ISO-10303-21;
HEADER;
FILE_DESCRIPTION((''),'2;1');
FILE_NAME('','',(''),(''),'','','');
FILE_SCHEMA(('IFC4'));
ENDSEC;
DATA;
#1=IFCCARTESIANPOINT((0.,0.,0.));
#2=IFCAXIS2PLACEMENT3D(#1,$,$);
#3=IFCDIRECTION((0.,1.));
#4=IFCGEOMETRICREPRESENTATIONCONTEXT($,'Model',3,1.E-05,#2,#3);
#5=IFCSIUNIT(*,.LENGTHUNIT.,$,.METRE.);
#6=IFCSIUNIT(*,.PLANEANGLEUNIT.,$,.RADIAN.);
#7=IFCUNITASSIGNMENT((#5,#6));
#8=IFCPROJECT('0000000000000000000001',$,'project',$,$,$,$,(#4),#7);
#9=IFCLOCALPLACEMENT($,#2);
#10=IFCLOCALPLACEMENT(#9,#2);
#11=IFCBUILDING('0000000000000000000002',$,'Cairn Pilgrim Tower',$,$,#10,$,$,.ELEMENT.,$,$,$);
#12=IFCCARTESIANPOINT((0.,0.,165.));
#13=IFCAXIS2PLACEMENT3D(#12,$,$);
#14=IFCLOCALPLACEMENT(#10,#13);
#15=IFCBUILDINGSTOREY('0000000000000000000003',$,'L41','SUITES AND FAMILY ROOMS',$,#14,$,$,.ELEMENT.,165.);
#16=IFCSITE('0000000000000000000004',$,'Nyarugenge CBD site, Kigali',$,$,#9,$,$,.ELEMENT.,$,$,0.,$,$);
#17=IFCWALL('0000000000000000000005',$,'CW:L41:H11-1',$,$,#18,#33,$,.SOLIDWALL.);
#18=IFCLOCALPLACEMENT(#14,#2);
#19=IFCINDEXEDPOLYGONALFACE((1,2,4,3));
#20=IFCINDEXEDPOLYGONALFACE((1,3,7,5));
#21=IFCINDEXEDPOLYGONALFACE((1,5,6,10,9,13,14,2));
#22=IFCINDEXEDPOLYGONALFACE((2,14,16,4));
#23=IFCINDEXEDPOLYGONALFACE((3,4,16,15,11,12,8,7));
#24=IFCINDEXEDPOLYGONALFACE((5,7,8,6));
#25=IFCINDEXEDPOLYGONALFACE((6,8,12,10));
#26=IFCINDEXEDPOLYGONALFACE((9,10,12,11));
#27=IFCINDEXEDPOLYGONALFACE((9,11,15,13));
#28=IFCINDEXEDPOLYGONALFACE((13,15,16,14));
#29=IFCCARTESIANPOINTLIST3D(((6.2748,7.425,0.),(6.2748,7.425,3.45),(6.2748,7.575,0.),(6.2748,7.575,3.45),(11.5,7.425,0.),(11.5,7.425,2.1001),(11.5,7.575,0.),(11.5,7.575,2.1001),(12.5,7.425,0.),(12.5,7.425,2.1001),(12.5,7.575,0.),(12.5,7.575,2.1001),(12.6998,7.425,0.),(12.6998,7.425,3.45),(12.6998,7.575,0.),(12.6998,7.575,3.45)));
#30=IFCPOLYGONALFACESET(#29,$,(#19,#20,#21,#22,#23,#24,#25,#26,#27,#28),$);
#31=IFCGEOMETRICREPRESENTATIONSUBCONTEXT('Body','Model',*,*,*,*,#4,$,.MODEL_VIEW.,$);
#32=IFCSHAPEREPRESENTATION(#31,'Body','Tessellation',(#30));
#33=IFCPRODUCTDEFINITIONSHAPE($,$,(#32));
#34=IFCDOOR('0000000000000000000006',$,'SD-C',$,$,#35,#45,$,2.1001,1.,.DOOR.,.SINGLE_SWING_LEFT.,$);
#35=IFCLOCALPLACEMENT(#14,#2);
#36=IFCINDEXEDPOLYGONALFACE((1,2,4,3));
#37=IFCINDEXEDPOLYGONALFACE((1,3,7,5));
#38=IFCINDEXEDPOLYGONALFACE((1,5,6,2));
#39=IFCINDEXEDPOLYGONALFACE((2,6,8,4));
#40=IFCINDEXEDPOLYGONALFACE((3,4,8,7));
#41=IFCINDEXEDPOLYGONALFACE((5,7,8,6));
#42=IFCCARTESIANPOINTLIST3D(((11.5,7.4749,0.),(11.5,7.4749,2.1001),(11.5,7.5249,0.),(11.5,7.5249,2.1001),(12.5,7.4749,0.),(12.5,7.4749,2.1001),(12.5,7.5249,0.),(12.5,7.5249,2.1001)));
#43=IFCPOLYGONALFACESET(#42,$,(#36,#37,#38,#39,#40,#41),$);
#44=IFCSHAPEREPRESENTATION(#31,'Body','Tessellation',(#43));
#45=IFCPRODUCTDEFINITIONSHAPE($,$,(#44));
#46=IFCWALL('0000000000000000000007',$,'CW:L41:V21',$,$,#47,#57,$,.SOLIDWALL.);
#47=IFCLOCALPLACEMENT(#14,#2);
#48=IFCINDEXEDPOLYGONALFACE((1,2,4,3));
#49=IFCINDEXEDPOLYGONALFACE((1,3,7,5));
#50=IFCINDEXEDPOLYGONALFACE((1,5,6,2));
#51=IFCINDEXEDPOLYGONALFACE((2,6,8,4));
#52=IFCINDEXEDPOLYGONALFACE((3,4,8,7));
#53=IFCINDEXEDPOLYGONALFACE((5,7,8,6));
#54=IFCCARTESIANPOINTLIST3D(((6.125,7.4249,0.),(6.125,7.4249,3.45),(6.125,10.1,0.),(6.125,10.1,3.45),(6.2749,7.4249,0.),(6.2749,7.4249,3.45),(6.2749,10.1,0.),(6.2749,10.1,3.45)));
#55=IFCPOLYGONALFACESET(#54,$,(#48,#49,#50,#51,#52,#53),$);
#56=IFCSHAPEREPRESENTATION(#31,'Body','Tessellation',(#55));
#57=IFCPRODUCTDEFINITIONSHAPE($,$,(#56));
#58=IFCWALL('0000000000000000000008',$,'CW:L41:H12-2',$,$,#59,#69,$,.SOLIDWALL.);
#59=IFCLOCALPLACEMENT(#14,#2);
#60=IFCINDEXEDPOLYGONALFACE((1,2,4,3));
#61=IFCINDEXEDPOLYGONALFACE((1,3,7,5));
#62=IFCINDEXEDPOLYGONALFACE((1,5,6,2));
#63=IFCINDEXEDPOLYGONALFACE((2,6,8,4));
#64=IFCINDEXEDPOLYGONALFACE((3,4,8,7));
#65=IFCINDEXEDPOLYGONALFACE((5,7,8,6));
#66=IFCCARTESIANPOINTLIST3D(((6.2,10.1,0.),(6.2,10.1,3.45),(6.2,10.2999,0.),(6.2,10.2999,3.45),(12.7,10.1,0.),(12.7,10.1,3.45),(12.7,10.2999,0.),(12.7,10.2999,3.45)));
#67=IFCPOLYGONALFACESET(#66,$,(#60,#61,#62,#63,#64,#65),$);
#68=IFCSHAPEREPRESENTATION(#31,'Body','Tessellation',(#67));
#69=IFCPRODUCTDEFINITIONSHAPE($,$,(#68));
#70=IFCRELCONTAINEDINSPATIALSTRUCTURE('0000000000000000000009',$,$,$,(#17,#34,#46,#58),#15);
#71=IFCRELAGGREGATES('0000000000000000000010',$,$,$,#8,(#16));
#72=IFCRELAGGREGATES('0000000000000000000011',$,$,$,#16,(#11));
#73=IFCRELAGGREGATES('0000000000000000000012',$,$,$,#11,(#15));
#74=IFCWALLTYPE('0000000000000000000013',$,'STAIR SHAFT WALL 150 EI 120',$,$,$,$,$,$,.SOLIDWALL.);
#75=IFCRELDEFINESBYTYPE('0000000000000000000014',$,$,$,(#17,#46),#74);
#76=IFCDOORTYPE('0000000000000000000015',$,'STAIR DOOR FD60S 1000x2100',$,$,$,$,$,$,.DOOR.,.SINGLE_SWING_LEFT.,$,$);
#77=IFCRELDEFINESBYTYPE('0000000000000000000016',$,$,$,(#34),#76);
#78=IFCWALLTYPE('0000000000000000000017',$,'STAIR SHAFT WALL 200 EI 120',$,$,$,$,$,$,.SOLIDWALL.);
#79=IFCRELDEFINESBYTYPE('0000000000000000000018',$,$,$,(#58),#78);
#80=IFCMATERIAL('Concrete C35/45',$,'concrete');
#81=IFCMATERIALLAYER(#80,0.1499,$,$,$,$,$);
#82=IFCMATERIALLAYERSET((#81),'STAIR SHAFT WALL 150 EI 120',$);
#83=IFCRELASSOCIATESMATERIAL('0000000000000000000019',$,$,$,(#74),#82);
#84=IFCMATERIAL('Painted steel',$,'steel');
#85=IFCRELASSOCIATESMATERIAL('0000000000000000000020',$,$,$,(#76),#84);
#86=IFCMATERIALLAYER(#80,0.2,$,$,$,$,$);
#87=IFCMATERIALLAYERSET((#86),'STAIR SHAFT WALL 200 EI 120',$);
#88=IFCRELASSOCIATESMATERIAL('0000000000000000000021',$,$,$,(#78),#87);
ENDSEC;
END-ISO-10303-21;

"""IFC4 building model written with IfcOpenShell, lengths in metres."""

from ifc_helpers import new_model, si_unit, direction, frame, frame_2d, origin, place, context, subcontext, project, spatial, rectangle, extrude, material, layer, layer_set, type_object, element, fill, save


model = new_model("IFC4")

# Units and contexts
model_context = context("Model", 3, precision=1e-05, world=origin(), true_north=direction((0.0, 1.0)))
body_context = subcontext(model_context, "Body", "Model", "MODEL_VIEW")
ifc_project = project(units=[si_unit("LENGTHUNIT", "METRE"), si_unit("PLANEANGLEUNIT", "RADIAN")], contexts=[model_context])

# Site, building, storey
site_placement = place(None, origin())
site = spatial("IfcSite", under=ifc_project, at=site_placement, Name="Nyarugenge CBD site, Kigali", CompositionType="ELEMENT", RefElevation=0.0)
building_placement = place(site_placement, origin())
building = spatial("IfcBuilding", under=site, at=building_placement, Name="Cairn Pilgrim Tower", CompositionType="ELEMENT")
storey_placement = place(building_placement, frame((0.0, 0.0, 165.0)))
storey = spatial("IfcBuildingStorey", under=building, at=storey_placement, Name="L41", Description="SUITES AND FAMILY ROOMS", CompositionType="ELEMENT", Elevation=165.0)

# Wall, opening, door
ifc_material_1 = material(Name="Concrete C35/45", Category="concrete")
ifc_layer_1 = layer(ifc_material_1, 0.1499)
ifc_layer_set_1 = layer_set([ifc_layer_1], Name="STAIR SHAFT WALL 150 EI 120")
wall_type_1 = type_object("IfcWallType", Name="STAIR SHAFT WALL 150 EI 120", PredefinedType="SOLIDWALL", material=ifc_layer_set_1)
ifc_material_2 = material(Name="Painted steel", Category="steel")
door_type_1 = type_object("IfcDoorType", Name="STAIR DOOR FD60S 1000x2100", OperationType="SINGLE_SWING_LEFT", PredefinedType="DOOR", material=ifc_material_2)
wall_1_placement = place(storey_placement, frame((6.2749, 7.5, 0.0), z_axis=(0.0, 0.0, 1.0), x_axis=(1.0, 0.0, 0.0)))
wall_1 = element("IfcWall", 1, at=wall_1_placement, inside=storey, type_object=wall_type_1, Name="CW:L41:H11-1", PredefinedType="SOLIDWALL", context=body_context, shape_type="SweptSolid", body=[
    extrude(rectangle(XDim=6.425, YDim=0.1499, at=frame_2d((3.2124, 0.0))), origin(), (0.0, 0.0, 1.0), 3.45),
])
opening_1_placement = place(wall_1_placement, frame((5.2251, 0.0, 0.0)))
opening_1 = element("IfcOpeningElement", 2, at=opening_1_placement, cuts=wall_1, PredefinedType="OPENING", context=body_context, shape_type="SweptSolid", body=[
    extrude(rectangle(XDim=1.0, YDim=2.1001, at=frame_2d((0.5, 1.05))), frame((0.0, 0.085, 0.0), z_axis=(0.0, -1.0, 0.0), x_axis=(1.0, 0.0, 0.0)), (0.0, 0.0, 1.0), 0.1699),
])
door_1_placement = place(opening_1_placement, origin())
door_1 = element("IfcDoor", 3, at=door_1_placement, inside=storey, type_object=door_type_1, Name="SD-C", OperationType="SINGLE_SWING_LEFT", OverallHeight=2.1001, OverallWidth=1.0, PredefinedType="DOOR", context=body_context, shape_type="SweptSolid", body=[
    extrude(rectangle(XDim=1.0, YDim=2.1001, at=frame_2d((0.5, 1.05))), frame((0.0, 0.0249, 0.0), z_axis=(0.0, -1.0, 0.0), x_axis=(1.0, 0.0, 0.0)), (0.0, 0.0, 1.0), 0.05),
])
fill(opening_1, door_1)

# Walls
wall_2_placement = place(storey_placement, frame((6.2, 7.425, 0.0), z_axis=(0.0, 0.0, 1.0), x_axis=(0.0, 1.0, 0.0)))
element("IfcWall", 4, at=wall_2_placement, inside=storey, type_object=wall_type_1, Name="CW:L41:V21", PredefinedType="SOLIDWALL", context=body_context, shape_type="SweptSolid", body=[
    extrude(rectangle(XDim=2.675, YDim=0.1499, at=frame_2d((1.3374, 0.0))), origin(), (0.0, 0.0, 1.0), 3.45),
])
ifc_layer_2 = layer(ifc_material_1, 0.2)
ifc_layer_set_2 = layer_set([ifc_layer_2], Name="STAIR SHAFT WALL 200 EI 120")
wall_type_2 = type_object("IfcWallType", Name="STAIR SHAFT WALL 200 EI 120", PredefinedType="SOLIDWALL", material=ifc_layer_set_2)
wall_3_placement = place(storey_placement, frame((6.2, 10.2, 0.0), z_axis=(0.0, 0.0, 1.0), x_axis=(1.0, 0.0, 0.0)))
element("IfcWall", 5, at=wall_3_placement, inside=storey, type_object=wall_type_2, Name="CW:L41:H12-2", PredefinedType="SOLIDWALL", context=body_context, shape_type="SweptSolid", body=[
    extrude(rectangle(XDim=6.5, YDim=0.2, at=frame_2d((3.25, 0.0))), origin(), (0.0, 0.0, 1.0), 3.45),
])

save(model, "model.ifc")
